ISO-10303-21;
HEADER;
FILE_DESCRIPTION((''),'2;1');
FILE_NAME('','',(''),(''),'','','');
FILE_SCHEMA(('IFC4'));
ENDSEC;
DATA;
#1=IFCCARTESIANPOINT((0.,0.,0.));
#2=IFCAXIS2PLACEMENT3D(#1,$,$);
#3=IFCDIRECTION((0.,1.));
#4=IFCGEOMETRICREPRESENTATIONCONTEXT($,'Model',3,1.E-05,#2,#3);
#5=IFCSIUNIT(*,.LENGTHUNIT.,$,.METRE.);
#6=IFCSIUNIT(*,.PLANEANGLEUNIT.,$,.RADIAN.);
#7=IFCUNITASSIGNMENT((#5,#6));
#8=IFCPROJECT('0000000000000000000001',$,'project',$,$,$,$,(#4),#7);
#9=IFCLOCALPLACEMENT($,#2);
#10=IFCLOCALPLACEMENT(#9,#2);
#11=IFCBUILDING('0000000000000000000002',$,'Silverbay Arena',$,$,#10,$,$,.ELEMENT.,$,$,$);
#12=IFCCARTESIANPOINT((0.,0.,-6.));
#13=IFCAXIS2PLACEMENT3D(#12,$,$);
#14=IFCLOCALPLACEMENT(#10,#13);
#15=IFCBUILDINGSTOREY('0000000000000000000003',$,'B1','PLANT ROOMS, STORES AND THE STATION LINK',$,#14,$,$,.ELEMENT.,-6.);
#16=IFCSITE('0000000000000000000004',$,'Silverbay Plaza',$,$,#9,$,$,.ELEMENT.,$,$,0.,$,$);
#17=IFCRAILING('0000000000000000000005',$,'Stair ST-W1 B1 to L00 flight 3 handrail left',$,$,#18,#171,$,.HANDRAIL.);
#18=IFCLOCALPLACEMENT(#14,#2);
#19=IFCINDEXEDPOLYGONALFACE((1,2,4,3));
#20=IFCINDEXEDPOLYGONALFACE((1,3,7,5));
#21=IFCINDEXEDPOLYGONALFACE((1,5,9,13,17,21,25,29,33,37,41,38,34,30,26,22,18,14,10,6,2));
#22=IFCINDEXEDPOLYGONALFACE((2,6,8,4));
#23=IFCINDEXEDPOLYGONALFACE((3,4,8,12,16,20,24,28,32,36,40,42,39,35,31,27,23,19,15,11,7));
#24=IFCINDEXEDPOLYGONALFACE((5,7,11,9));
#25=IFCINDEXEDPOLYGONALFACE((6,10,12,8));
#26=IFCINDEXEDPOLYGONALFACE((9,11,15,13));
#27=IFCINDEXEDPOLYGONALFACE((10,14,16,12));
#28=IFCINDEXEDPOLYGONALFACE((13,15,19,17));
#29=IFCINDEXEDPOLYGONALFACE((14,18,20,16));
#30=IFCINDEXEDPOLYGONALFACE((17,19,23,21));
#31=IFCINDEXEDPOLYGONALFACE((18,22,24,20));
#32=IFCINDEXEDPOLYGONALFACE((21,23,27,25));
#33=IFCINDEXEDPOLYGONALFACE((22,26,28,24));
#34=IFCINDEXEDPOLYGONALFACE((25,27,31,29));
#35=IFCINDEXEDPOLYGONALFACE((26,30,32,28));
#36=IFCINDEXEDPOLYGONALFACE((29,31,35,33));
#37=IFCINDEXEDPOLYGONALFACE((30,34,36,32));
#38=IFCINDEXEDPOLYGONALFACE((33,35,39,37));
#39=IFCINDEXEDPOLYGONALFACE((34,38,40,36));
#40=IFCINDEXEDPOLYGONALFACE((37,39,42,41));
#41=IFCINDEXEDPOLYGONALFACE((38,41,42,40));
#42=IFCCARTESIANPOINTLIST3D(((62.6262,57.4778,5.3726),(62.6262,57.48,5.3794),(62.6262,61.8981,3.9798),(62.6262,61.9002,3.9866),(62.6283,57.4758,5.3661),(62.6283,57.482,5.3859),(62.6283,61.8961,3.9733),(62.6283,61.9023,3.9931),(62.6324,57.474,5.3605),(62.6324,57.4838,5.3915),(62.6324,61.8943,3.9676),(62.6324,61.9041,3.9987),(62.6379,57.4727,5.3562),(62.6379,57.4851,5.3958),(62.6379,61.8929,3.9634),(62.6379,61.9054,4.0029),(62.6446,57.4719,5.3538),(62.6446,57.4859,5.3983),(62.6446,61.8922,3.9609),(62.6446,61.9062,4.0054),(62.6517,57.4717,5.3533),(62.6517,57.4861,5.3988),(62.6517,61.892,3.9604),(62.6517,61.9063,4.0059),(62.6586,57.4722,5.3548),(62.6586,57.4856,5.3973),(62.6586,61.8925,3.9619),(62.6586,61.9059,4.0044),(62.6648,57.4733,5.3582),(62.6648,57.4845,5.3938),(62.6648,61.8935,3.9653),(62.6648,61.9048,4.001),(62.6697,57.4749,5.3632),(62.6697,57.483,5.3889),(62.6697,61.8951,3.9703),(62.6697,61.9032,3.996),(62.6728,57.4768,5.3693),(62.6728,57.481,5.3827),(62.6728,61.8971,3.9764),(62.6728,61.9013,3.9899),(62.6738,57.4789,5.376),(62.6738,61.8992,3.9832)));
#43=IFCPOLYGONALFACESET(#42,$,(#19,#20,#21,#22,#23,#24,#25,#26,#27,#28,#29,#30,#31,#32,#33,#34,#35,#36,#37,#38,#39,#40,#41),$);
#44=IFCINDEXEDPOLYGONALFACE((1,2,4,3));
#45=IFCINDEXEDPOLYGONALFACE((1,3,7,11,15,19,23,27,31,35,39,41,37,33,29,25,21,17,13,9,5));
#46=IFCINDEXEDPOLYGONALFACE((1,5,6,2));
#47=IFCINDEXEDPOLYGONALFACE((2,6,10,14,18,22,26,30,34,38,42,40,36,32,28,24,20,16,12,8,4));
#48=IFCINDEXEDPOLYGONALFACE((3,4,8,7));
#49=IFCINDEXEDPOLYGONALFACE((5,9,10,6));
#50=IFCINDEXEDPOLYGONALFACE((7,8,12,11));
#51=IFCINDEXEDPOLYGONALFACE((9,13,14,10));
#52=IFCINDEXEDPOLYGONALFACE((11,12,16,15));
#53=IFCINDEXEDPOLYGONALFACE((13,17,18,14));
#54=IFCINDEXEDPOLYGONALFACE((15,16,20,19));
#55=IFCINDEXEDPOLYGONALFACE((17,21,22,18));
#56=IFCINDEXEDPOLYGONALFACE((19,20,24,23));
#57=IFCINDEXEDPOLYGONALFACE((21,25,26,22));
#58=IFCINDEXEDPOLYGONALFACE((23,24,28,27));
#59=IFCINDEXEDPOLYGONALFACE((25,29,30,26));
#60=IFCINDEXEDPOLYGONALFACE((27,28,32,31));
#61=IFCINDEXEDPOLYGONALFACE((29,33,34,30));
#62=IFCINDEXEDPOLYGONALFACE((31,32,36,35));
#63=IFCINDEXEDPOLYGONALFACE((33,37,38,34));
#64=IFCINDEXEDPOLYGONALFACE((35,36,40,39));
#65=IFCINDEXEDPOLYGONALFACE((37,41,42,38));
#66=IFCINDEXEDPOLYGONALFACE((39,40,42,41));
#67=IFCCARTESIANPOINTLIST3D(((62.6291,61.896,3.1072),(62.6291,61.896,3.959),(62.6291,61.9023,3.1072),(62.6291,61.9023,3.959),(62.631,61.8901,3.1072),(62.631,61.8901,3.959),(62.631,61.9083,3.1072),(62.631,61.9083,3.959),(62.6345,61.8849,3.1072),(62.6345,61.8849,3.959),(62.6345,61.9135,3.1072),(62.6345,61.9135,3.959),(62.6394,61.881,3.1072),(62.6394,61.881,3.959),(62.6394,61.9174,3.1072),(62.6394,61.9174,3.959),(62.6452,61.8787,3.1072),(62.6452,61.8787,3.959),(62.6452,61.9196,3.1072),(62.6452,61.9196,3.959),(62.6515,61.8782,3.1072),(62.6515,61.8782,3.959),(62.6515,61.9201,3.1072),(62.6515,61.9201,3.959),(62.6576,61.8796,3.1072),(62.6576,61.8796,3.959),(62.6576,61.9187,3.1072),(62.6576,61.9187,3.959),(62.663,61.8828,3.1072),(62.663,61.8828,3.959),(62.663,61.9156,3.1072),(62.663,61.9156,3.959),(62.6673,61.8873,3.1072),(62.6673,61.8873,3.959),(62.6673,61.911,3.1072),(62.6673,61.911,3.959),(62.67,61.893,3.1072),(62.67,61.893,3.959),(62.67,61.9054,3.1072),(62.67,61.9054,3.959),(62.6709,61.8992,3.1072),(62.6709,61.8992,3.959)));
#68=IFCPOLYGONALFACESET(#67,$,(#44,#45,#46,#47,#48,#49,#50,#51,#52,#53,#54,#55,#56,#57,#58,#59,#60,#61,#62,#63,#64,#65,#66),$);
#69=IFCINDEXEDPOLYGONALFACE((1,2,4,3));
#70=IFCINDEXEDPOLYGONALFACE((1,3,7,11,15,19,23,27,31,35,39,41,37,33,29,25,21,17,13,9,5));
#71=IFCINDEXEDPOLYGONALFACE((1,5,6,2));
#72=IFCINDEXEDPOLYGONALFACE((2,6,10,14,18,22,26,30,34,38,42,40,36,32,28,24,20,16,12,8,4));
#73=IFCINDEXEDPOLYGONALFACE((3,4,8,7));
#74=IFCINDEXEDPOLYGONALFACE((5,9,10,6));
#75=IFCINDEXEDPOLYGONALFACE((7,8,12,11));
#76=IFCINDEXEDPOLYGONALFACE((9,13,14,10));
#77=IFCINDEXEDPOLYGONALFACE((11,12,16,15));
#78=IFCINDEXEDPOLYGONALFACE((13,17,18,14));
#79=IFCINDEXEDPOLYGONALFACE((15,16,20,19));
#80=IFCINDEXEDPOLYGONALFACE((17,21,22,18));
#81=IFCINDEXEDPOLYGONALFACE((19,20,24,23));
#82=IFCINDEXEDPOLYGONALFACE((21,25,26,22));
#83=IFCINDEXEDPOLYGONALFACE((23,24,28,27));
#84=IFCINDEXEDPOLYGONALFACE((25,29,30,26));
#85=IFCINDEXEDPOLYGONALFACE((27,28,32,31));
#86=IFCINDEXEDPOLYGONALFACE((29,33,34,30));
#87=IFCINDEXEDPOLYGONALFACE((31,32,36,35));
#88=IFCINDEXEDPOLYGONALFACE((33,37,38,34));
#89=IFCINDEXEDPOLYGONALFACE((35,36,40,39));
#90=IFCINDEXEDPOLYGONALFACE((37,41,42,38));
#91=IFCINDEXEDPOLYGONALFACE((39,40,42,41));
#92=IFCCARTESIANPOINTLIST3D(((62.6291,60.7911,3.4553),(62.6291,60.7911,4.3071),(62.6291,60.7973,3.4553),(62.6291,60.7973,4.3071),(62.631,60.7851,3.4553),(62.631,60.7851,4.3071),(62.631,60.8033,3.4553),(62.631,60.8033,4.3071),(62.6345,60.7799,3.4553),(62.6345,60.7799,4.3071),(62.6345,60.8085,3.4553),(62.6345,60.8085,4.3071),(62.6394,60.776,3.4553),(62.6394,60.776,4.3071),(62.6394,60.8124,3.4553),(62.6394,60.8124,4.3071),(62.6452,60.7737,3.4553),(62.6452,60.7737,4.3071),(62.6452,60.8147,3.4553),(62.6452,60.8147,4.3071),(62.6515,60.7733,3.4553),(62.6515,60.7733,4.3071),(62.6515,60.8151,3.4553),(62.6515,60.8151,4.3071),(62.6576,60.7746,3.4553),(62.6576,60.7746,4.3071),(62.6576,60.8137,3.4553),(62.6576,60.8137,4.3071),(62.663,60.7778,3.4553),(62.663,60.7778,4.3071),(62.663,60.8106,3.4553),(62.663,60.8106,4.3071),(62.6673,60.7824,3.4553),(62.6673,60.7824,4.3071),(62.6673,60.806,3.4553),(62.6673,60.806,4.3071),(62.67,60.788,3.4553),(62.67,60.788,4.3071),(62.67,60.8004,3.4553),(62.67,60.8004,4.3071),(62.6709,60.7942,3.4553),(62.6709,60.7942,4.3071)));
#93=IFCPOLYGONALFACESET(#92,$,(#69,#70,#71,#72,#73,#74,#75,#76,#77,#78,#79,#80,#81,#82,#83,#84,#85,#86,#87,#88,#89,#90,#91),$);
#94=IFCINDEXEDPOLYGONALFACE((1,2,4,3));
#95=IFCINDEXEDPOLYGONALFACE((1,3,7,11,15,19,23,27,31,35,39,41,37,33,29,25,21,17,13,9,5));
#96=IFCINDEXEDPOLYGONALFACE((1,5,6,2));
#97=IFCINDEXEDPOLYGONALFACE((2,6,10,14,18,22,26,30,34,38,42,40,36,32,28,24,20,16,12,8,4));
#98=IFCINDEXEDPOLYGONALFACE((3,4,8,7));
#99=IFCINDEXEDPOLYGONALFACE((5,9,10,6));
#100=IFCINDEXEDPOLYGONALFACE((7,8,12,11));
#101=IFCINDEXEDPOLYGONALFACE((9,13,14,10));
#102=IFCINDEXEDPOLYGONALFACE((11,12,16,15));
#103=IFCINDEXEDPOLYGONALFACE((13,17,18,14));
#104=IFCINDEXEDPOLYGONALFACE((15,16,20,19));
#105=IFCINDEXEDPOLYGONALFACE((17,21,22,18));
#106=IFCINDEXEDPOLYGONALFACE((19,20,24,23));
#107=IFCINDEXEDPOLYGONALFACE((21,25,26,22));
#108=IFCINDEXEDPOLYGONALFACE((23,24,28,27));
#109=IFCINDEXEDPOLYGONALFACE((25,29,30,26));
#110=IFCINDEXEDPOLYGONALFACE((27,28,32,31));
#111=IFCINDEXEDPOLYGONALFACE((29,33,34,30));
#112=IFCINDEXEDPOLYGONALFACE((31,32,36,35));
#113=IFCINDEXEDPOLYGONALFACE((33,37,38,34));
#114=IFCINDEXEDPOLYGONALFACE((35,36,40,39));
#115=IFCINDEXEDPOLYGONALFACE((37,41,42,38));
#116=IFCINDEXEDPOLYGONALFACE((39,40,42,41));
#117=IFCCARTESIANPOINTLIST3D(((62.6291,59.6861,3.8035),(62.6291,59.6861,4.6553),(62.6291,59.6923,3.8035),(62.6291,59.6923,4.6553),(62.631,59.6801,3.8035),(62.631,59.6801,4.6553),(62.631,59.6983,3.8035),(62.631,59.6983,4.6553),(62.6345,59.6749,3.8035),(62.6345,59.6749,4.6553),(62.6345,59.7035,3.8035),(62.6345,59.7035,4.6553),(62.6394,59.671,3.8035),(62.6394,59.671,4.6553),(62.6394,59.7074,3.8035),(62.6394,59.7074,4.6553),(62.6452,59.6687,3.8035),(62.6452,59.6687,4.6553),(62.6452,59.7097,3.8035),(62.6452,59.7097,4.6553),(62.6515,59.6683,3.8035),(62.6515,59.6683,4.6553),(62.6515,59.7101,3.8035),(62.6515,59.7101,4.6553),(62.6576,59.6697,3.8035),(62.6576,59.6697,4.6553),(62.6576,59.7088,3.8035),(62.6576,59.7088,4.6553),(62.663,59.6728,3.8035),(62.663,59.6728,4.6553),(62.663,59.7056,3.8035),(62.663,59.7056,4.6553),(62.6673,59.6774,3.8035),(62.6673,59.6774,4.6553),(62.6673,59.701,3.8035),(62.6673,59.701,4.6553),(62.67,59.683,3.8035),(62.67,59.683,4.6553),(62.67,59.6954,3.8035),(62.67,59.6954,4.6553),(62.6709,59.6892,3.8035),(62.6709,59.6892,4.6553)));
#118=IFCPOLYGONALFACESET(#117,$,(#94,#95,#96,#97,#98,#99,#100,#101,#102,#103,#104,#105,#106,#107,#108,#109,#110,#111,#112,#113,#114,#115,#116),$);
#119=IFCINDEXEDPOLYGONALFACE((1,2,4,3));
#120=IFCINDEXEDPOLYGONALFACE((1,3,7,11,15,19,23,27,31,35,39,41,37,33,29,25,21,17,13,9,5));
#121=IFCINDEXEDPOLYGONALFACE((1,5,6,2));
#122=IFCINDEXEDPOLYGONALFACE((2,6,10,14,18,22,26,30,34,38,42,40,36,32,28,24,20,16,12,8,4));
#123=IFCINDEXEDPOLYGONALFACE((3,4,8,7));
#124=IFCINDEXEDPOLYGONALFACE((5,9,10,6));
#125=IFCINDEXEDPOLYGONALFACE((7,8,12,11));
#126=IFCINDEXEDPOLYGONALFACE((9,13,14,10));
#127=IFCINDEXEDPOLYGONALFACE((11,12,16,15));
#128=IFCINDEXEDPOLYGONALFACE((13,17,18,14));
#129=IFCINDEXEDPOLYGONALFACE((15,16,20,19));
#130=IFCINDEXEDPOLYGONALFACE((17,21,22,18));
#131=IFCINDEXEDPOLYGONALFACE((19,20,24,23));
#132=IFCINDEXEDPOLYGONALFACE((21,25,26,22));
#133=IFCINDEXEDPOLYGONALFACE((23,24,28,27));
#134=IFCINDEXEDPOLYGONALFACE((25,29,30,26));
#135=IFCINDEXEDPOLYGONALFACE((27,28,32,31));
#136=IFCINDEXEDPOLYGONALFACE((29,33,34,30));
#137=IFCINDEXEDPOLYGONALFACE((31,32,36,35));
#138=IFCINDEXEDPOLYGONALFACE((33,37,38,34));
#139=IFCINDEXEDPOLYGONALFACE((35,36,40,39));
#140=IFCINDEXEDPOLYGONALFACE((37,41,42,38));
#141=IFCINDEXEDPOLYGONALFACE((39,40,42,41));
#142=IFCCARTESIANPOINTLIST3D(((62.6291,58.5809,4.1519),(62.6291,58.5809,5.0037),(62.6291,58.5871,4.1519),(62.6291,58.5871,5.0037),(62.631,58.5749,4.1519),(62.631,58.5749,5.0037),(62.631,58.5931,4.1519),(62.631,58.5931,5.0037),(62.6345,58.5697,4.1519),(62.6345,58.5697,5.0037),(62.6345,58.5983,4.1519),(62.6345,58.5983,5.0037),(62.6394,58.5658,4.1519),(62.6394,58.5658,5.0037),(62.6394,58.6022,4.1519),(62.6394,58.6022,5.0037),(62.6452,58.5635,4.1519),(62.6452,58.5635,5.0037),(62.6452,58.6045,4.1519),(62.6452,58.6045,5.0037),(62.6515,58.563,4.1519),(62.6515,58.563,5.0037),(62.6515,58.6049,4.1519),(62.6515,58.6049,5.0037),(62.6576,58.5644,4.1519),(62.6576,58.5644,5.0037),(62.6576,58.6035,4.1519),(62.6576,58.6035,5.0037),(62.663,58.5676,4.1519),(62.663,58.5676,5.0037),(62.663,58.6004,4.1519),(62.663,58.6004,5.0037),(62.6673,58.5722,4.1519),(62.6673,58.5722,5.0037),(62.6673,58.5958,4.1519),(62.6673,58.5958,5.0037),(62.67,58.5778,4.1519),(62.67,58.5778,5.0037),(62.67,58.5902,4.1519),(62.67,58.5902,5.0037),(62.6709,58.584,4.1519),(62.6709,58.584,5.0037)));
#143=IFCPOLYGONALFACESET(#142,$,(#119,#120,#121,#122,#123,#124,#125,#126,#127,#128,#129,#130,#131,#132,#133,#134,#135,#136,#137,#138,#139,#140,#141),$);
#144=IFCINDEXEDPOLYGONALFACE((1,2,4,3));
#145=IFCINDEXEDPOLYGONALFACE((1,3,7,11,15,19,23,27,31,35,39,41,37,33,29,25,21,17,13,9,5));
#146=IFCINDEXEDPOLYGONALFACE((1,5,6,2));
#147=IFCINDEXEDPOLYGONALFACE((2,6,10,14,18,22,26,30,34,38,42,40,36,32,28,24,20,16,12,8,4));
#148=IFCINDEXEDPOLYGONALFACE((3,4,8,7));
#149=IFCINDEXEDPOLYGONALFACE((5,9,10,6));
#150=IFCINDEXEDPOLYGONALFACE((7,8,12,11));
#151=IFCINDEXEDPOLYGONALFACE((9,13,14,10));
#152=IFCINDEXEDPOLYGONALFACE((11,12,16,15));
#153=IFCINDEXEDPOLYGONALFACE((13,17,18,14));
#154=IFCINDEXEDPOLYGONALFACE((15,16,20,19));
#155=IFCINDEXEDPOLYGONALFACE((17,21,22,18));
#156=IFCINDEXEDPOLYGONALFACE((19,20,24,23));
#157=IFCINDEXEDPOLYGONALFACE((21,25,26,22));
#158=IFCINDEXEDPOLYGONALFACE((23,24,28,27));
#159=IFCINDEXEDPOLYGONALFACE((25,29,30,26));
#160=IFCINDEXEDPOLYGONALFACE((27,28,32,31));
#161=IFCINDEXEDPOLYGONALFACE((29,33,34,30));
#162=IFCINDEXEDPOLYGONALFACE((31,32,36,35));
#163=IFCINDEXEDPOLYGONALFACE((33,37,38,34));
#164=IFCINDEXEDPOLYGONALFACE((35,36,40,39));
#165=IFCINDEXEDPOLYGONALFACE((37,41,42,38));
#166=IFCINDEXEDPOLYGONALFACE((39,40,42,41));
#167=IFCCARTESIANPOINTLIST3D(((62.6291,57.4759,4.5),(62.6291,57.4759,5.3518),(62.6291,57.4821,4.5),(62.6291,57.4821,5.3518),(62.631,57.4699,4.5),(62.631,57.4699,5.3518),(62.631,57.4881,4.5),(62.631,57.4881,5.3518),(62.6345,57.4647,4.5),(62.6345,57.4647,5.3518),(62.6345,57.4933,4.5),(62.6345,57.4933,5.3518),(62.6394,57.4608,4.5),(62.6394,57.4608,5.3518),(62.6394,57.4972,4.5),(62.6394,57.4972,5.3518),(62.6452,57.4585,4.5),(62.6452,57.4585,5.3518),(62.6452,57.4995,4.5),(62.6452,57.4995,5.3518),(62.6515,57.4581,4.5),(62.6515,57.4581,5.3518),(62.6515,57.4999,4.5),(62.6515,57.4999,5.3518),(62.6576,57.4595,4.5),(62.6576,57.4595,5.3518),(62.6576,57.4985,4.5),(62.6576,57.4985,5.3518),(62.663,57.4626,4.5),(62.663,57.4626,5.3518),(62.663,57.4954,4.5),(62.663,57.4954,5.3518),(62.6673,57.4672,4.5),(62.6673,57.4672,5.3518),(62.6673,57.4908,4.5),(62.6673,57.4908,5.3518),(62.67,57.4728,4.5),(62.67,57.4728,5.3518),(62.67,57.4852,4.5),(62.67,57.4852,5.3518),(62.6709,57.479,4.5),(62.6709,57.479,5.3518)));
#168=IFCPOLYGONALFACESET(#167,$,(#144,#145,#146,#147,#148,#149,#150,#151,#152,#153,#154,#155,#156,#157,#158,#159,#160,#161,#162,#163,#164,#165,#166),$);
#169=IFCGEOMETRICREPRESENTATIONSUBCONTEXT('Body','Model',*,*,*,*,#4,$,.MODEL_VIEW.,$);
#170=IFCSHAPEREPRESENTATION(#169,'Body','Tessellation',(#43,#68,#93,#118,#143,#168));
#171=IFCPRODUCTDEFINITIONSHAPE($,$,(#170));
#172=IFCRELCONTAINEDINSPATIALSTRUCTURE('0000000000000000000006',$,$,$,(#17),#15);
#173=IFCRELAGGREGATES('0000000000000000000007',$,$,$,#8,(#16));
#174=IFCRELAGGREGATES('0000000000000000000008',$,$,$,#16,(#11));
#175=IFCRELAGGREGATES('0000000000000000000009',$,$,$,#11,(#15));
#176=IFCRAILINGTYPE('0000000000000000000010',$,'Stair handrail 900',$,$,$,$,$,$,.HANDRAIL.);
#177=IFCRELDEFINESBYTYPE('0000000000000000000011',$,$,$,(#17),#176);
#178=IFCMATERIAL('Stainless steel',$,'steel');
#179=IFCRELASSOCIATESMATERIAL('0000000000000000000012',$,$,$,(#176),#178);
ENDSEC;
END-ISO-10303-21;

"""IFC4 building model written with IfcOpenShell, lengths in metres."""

from ifc_helpers import new_model, si_unit, direction, frame, origin, origin_2d, place, context, subcontext, project, spatial, circle, extrude, material, type_object, element, save


model = new_model("IFC4")

# Units and contexts
model_context = context("Model", 3, precision=1e-05, world=origin(), true_north=direction((0.0, 1.0)))
body_context = subcontext(model_context, "Body", "Model", "MODEL_VIEW")
ifc_project = project(units=[si_unit("LENGTHUNIT", "METRE"), si_unit("PLANEANGLEUNIT", "RADIAN")], contexts=[model_context])

# Site, building, storey
site_placement = place(None, origin())
site = spatial("IfcSite", under=ifc_project, at=site_placement, Name="Silverbay Plaza", CompositionType="ELEMENT", RefElevation=0.0)
building_placement = place(site_placement, origin())
building = spatial("IfcBuilding", under=site, at=building_placement, Name="Silverbay Arena", CompositionType="ELEMENT")
storey_placement = place(building_placement, frame((0.0, 0.0, -6.0)))
storey = spatial("IfcBuildingStorey", under=building, at=storey_placement, Name="B1", Description="PLANT ROOMS, STORES AND THE STATION LINK", CompositionType="ELEMENT", Elevation=-6.0)

# Railing
ifc_material_1 = material(Name="Stainless steel", Category="steel")
railing_type_1 = type_object("IfcRailingType", Name="Stair handrail 900", PredefinedType="HANDRAIL", material=ifc_material_1)
for number, where, name in (
    (1, (62.6499, 61.8992, 3.1072), "Stair ST-W1 B1 to L00 flight 3 handrail left"),
):
    element("IfcRailing", number, at=place(storey_placement, frame(where)), inside=storey, type_object=railing_type_1, Name=name, PredefinedType="HANDRAIL", context=body_context, shape_type="SweptSolid", body=[
        extrude(circle(Radius=0.0239, at=origin_2d()), frame((0.0, 0.0, 0.876), z_axis=(0.0, -0.95377, 0.300539), x_axis=(1.0, 0.0, 0.0)), (0.0, 0.0, 1.0), 4.6345),
        extrude(circle(Radius=0.021, at=origin_2d()), origin(), (0.0, 0.0, 1.0), 0.8518),
        extrude(circle(Radius=0.021, at=origin_2d()), frame((0.0, -1.105, 0.3481)), (0.0, 0.0, 1.0), 0.8518),
        extrude(circle(Radius=0.021, at=origin_2d()), frame((0.0, -2.21, 0.6963)), (0.0, 0.0, 1.0), 0.8518),
        extrude(circle(Radius=0.021, at=origin_2d()), frame((0.0, -3.3152, 1.0447)), (0.0, 0.0, 1.0), 0.8518),
        extrude(circle(Radius=0.021, at=origin_2d()), frame((0.0, -4.4202, 1.3928)), (0.0, 0.0, 1.0), 0.8518),
    ])

save(model, "model.ifc")
